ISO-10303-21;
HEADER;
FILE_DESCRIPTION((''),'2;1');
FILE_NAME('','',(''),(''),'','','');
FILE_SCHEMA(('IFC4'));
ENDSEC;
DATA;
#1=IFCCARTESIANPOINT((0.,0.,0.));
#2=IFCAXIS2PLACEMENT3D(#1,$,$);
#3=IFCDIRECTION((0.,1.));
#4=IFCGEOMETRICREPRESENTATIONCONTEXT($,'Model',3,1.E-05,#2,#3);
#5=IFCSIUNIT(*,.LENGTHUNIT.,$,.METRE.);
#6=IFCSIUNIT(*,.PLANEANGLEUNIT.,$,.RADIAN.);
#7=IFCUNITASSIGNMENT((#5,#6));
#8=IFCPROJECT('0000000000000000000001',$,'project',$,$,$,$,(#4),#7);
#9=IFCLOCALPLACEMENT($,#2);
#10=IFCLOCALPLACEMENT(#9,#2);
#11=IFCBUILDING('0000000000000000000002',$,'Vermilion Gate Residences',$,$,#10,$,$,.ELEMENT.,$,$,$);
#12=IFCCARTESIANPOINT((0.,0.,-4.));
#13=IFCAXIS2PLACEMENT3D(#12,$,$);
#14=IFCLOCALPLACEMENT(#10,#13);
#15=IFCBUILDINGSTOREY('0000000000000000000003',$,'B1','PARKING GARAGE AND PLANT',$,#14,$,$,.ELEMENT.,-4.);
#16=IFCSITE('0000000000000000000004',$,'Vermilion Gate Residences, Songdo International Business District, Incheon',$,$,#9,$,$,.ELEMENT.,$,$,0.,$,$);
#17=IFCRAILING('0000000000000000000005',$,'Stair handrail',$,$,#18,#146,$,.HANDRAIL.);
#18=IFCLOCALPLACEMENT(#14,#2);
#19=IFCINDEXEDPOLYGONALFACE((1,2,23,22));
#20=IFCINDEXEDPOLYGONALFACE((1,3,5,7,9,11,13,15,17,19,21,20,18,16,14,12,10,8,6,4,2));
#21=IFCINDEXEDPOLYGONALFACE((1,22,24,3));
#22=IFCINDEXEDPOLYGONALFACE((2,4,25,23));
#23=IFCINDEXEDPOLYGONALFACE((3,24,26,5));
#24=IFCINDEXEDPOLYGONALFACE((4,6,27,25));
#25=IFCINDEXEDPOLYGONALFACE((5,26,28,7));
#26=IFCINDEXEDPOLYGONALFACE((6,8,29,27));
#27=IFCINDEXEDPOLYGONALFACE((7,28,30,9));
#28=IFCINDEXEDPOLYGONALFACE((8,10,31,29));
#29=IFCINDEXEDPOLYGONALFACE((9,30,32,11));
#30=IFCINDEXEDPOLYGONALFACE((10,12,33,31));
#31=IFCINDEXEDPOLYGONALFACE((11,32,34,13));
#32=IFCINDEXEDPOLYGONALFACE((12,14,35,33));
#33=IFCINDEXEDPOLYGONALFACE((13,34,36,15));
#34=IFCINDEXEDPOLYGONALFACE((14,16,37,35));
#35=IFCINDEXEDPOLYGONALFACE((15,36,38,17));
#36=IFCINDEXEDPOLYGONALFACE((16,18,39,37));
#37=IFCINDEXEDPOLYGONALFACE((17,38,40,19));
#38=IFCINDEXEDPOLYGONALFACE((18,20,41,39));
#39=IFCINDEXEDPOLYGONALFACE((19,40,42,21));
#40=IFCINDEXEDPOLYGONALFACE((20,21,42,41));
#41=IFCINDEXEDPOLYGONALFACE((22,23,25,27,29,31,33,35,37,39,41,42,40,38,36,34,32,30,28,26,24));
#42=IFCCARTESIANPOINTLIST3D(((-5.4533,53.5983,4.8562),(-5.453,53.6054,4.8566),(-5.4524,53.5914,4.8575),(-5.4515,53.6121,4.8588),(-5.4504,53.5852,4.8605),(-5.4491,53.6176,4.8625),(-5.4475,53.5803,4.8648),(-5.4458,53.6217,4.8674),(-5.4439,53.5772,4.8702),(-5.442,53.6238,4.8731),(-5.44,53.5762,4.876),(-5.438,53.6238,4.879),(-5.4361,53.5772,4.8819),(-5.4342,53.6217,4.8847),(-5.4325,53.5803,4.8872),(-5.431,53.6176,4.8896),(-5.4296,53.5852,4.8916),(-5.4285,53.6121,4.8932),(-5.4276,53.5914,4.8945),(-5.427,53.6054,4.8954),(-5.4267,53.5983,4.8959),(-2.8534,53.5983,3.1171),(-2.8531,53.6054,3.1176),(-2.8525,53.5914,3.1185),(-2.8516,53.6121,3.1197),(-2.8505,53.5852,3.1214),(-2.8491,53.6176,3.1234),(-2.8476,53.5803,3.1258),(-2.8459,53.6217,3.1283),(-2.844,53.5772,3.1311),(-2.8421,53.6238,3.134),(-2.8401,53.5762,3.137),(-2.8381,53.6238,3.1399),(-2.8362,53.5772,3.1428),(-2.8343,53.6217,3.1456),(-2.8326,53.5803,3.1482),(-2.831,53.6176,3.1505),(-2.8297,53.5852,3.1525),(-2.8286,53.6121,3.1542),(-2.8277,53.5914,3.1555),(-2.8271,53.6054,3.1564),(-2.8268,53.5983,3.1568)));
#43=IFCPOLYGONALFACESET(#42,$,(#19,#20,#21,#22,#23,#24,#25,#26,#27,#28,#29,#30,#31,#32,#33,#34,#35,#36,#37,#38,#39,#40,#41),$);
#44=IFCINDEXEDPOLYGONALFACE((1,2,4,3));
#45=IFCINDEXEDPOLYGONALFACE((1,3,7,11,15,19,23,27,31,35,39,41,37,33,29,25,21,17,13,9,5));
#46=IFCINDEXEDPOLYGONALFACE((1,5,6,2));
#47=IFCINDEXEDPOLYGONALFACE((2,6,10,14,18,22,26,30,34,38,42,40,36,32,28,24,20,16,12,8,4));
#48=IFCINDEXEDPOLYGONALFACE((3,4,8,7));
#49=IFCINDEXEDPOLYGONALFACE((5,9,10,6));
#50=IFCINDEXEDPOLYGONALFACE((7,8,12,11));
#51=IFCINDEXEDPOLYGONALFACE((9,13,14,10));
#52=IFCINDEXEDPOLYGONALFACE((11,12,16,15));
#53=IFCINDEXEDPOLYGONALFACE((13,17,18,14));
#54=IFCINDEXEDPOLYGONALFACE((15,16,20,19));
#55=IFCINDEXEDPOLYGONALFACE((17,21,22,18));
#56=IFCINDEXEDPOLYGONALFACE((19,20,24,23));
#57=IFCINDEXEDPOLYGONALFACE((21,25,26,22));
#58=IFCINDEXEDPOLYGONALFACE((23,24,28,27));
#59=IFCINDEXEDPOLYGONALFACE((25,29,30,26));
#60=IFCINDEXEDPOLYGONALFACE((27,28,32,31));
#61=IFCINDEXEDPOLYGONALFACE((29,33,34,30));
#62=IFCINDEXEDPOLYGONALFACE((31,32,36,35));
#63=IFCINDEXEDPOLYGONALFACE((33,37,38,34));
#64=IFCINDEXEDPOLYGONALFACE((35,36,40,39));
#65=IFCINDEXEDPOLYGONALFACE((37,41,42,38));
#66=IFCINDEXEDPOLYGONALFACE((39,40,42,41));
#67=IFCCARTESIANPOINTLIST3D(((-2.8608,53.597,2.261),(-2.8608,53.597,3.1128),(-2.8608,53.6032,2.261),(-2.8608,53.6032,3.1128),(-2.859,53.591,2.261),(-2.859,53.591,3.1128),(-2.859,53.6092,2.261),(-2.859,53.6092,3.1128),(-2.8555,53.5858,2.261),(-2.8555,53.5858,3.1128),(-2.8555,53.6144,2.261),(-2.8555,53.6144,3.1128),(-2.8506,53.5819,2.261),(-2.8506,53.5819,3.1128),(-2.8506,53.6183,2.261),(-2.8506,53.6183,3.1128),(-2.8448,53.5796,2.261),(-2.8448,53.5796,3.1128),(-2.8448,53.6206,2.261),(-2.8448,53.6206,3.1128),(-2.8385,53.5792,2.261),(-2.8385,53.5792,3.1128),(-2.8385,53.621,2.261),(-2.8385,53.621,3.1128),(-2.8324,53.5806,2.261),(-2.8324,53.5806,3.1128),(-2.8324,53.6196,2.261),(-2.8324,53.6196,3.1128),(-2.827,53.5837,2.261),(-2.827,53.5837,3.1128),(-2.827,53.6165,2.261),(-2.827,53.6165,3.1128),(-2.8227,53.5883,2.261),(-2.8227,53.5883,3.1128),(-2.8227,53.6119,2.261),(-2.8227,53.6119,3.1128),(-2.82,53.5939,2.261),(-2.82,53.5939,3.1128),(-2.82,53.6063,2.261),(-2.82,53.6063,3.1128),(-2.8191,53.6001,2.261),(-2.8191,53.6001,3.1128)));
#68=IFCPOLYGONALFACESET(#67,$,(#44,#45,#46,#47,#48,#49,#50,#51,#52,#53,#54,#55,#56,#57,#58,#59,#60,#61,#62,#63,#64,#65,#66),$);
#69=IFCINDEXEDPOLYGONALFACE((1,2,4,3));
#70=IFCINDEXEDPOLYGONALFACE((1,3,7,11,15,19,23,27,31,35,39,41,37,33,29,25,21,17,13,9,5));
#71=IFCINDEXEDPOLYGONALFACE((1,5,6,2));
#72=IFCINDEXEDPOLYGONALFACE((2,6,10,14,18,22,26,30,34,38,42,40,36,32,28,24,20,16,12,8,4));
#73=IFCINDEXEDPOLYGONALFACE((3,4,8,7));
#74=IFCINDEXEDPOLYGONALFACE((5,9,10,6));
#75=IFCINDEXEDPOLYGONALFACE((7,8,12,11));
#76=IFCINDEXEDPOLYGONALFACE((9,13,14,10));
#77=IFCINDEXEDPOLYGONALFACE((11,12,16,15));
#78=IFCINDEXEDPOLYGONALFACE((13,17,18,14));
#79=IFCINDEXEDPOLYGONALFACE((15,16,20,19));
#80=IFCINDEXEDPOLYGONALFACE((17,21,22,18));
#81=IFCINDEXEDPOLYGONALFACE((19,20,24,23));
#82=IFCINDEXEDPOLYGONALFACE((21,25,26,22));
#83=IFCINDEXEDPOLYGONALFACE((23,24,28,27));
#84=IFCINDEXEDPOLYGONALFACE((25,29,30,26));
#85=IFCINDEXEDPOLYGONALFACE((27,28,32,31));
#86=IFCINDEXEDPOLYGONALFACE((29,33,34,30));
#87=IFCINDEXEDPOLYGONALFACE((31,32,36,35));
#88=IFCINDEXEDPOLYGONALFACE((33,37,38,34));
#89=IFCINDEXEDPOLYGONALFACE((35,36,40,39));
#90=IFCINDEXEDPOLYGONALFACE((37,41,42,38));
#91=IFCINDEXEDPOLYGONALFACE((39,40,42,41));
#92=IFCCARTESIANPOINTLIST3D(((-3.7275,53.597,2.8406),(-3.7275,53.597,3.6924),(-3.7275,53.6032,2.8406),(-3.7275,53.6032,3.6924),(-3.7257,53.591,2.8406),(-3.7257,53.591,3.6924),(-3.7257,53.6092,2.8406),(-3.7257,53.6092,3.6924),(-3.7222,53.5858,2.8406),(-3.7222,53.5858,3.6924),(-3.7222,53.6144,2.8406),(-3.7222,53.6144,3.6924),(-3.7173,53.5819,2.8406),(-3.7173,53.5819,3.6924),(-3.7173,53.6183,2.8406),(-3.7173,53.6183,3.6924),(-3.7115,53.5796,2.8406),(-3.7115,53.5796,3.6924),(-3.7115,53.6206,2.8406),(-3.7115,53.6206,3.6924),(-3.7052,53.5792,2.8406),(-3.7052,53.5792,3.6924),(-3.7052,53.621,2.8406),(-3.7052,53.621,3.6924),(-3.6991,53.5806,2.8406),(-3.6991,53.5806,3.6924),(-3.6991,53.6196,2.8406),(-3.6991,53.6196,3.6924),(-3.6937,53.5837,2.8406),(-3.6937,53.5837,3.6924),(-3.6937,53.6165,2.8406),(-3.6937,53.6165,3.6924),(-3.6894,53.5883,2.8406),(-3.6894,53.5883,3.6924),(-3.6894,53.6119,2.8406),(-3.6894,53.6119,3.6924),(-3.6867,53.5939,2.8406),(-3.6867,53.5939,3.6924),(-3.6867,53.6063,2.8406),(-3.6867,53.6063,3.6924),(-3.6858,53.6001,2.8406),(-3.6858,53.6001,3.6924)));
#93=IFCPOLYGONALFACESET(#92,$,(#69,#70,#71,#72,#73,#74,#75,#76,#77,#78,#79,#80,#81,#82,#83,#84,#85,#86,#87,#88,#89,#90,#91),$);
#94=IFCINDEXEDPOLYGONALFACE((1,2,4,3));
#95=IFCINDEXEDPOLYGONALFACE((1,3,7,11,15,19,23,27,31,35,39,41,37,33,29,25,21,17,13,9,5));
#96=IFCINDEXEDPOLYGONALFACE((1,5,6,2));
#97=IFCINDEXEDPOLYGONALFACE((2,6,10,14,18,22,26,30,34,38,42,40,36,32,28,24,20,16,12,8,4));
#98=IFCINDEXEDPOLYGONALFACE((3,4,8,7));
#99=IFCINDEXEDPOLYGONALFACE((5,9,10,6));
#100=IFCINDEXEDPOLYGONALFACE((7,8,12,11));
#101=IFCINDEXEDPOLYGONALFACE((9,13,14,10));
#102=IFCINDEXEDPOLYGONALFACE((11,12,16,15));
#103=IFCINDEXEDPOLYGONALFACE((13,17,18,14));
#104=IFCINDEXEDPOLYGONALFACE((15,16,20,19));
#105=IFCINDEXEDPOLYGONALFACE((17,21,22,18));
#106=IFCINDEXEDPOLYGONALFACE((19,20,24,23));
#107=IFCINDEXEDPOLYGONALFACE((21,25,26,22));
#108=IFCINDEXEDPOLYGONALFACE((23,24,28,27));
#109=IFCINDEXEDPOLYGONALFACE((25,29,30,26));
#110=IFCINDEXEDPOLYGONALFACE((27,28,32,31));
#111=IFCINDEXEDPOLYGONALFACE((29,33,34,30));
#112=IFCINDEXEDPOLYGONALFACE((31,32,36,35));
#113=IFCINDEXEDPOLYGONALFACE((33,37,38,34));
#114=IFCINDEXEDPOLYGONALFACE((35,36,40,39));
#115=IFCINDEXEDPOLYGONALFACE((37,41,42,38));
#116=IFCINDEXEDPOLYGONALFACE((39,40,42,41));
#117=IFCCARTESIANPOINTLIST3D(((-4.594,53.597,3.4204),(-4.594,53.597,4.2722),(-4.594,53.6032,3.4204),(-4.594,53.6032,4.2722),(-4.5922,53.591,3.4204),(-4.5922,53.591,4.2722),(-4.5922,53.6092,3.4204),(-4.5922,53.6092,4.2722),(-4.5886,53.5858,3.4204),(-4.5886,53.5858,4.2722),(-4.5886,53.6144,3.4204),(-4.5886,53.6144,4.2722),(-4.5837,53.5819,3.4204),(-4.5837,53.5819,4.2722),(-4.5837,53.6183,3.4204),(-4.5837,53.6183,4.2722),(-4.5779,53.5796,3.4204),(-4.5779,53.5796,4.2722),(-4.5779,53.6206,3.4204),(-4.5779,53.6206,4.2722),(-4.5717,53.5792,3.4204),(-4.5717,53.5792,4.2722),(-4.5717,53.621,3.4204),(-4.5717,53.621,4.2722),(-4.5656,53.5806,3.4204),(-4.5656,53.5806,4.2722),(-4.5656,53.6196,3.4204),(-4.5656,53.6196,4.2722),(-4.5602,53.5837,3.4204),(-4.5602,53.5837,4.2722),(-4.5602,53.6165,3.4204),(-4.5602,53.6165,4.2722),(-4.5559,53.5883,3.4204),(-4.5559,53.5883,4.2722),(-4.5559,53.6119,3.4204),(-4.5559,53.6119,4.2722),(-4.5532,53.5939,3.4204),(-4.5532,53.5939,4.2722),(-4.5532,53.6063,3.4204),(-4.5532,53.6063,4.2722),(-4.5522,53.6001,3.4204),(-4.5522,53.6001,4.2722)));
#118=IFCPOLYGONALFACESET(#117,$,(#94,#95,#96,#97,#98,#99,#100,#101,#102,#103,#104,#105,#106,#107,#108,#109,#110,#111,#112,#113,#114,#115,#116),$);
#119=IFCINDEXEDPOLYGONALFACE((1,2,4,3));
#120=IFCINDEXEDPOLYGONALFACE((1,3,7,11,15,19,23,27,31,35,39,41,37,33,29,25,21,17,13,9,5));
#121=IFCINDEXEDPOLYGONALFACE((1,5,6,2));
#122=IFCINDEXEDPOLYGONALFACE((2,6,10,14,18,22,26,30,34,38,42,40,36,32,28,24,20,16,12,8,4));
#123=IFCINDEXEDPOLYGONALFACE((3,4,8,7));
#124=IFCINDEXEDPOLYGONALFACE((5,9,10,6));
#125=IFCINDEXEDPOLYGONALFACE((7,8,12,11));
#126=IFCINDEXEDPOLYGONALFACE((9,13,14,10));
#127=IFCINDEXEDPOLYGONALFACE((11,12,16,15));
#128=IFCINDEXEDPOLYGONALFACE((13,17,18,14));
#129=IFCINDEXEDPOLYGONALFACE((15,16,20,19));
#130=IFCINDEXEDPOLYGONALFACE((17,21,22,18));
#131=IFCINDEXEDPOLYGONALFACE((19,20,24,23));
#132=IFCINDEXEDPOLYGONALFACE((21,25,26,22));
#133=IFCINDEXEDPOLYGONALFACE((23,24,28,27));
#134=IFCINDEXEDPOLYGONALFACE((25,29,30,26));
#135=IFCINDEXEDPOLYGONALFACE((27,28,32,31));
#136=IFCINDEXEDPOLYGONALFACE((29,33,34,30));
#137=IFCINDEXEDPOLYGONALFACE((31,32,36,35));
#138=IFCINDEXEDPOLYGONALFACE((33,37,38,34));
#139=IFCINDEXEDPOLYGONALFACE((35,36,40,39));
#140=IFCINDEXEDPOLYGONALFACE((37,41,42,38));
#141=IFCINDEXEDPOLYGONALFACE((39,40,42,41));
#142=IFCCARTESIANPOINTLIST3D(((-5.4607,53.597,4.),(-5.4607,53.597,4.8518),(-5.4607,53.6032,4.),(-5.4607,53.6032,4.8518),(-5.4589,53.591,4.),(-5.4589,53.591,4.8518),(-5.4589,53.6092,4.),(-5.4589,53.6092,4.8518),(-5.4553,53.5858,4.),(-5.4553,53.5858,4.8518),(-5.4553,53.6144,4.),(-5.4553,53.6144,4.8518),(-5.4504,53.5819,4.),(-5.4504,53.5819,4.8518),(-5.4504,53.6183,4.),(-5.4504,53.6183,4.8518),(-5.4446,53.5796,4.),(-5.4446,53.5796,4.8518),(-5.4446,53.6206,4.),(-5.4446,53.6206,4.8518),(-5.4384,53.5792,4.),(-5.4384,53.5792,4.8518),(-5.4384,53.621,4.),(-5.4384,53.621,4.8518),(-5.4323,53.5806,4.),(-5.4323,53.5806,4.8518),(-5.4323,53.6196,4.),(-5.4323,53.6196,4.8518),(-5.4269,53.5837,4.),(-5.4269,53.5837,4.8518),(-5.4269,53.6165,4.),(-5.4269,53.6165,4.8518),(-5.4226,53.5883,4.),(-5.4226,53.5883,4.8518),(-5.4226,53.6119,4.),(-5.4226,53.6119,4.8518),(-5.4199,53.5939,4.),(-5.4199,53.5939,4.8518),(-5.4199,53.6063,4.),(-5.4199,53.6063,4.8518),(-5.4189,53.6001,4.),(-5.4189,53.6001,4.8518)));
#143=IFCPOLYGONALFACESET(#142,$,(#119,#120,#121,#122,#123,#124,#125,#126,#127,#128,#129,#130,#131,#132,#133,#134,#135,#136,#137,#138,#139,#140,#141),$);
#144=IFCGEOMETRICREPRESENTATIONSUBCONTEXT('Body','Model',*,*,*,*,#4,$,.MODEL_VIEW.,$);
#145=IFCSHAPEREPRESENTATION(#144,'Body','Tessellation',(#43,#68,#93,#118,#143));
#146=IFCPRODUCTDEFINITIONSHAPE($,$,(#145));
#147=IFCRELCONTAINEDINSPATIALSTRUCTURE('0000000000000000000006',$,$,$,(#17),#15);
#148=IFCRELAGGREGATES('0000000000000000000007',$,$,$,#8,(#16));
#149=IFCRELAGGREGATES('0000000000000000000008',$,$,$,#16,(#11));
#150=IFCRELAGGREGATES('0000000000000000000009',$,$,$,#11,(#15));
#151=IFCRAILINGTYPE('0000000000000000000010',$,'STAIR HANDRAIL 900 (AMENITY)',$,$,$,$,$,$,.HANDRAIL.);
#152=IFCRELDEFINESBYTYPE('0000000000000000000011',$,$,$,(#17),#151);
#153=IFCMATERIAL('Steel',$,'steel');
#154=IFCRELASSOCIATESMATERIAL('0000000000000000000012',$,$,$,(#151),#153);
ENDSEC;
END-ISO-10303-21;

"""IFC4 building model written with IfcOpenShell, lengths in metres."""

from ifc_helpers import new_model, si_unit, direction, frame, origin, origin_2d, place, context, subcontext, project, spatial, circle, extrude, material, type_object, element, save


model = new_model("IFC4")

# Units and contexts
model_context = context("Model", 3, precision=1e-05, world=origin(), true_north=direction((0.0, 1.0)))
body_context = subcontext(model_context, "Body", "Model", "MODEL_VIEW")
ifc_project = project(units=[si_unit("LENGTHUNIT", "METRE"), si_unit("PLANEANGLEUNIT", "RADIAN")], contexts=[model_context])

# Site, building, storey
site_placement = place(None, origin())
site = spatial("IfcSite", under=ifc_project, at=site_placement, Name="Vermilion Gate Residences, Songdo International Business District, Incheon", CompositionType="ELEMENT", RefElevation=0.0)
building_placement = place(site_placement, origin())
building = spatial("IfcBuilding", under=site, at=building_placement, Name="Vermilion Gate Residences", CompositionType="ELEMENT")
storey_placement = place(building_placement, frame((0.0, 0.0, -4.0)))
storey = spatial("IfcBuildingStorey", under=building, at=storey_placement, Name="B1", Description="PARKING GARAGE AND PLANT", CompositionType="ELEMENT", Elevation=-4.0)

# Railing
ifc_material_1 = material(Name="Steel", Category="steel")
railing_type = type_object("IfcRailingType", Name="STAIR HANDRAIL 900 (AMENITY)", PredefinedType="HANDRAIL", material=ifc_material_1)
railing_1_placement = place(storey_placement, frame((-2.8401, 53.6001, 2.261)))
element("IfcRailing", 1, at=railing_1_placement, inside=storey, type_object=railing_type, Name="Stair handrail", PredefinedType="HANDRAIL", context=body_context, shape_type="SweptSolid", body=[
    extrude(circle(Radius=0.0239, at=origin_2d()), frame((0.0, 0.0, 0.876), z_axis=(-0.831197, 0.0, 0.555978), x_axis=(0.0, -1.0, 0.0)), (0.0, 0.0, 1.0), 3.1279),
    extrude(circle(Radius=0.021, at=origin_2d()), origin(), (0.0, 0.0, 1.0), 0.8518),
    extrude(circle(Radius=0.021, at=origin_2d()), frame((-0.8667, 0.0, 0.5796)), (0.0, 0.0, 1.0), 0.8518),
    extrude(circle(Radius=0.021, at=origin_2d()), frame((-1.7332, 0.0, 1.1594)), (0.0, 0.0, 1.0), 0.8518),
    extrude(circle(Radius=0.021, at=origin_2d()), frame((-2.5999, 0.0, 1.739)), (0.0, 0.0, 1.0), 0.8518),
])

save(model, "model.ifc")
